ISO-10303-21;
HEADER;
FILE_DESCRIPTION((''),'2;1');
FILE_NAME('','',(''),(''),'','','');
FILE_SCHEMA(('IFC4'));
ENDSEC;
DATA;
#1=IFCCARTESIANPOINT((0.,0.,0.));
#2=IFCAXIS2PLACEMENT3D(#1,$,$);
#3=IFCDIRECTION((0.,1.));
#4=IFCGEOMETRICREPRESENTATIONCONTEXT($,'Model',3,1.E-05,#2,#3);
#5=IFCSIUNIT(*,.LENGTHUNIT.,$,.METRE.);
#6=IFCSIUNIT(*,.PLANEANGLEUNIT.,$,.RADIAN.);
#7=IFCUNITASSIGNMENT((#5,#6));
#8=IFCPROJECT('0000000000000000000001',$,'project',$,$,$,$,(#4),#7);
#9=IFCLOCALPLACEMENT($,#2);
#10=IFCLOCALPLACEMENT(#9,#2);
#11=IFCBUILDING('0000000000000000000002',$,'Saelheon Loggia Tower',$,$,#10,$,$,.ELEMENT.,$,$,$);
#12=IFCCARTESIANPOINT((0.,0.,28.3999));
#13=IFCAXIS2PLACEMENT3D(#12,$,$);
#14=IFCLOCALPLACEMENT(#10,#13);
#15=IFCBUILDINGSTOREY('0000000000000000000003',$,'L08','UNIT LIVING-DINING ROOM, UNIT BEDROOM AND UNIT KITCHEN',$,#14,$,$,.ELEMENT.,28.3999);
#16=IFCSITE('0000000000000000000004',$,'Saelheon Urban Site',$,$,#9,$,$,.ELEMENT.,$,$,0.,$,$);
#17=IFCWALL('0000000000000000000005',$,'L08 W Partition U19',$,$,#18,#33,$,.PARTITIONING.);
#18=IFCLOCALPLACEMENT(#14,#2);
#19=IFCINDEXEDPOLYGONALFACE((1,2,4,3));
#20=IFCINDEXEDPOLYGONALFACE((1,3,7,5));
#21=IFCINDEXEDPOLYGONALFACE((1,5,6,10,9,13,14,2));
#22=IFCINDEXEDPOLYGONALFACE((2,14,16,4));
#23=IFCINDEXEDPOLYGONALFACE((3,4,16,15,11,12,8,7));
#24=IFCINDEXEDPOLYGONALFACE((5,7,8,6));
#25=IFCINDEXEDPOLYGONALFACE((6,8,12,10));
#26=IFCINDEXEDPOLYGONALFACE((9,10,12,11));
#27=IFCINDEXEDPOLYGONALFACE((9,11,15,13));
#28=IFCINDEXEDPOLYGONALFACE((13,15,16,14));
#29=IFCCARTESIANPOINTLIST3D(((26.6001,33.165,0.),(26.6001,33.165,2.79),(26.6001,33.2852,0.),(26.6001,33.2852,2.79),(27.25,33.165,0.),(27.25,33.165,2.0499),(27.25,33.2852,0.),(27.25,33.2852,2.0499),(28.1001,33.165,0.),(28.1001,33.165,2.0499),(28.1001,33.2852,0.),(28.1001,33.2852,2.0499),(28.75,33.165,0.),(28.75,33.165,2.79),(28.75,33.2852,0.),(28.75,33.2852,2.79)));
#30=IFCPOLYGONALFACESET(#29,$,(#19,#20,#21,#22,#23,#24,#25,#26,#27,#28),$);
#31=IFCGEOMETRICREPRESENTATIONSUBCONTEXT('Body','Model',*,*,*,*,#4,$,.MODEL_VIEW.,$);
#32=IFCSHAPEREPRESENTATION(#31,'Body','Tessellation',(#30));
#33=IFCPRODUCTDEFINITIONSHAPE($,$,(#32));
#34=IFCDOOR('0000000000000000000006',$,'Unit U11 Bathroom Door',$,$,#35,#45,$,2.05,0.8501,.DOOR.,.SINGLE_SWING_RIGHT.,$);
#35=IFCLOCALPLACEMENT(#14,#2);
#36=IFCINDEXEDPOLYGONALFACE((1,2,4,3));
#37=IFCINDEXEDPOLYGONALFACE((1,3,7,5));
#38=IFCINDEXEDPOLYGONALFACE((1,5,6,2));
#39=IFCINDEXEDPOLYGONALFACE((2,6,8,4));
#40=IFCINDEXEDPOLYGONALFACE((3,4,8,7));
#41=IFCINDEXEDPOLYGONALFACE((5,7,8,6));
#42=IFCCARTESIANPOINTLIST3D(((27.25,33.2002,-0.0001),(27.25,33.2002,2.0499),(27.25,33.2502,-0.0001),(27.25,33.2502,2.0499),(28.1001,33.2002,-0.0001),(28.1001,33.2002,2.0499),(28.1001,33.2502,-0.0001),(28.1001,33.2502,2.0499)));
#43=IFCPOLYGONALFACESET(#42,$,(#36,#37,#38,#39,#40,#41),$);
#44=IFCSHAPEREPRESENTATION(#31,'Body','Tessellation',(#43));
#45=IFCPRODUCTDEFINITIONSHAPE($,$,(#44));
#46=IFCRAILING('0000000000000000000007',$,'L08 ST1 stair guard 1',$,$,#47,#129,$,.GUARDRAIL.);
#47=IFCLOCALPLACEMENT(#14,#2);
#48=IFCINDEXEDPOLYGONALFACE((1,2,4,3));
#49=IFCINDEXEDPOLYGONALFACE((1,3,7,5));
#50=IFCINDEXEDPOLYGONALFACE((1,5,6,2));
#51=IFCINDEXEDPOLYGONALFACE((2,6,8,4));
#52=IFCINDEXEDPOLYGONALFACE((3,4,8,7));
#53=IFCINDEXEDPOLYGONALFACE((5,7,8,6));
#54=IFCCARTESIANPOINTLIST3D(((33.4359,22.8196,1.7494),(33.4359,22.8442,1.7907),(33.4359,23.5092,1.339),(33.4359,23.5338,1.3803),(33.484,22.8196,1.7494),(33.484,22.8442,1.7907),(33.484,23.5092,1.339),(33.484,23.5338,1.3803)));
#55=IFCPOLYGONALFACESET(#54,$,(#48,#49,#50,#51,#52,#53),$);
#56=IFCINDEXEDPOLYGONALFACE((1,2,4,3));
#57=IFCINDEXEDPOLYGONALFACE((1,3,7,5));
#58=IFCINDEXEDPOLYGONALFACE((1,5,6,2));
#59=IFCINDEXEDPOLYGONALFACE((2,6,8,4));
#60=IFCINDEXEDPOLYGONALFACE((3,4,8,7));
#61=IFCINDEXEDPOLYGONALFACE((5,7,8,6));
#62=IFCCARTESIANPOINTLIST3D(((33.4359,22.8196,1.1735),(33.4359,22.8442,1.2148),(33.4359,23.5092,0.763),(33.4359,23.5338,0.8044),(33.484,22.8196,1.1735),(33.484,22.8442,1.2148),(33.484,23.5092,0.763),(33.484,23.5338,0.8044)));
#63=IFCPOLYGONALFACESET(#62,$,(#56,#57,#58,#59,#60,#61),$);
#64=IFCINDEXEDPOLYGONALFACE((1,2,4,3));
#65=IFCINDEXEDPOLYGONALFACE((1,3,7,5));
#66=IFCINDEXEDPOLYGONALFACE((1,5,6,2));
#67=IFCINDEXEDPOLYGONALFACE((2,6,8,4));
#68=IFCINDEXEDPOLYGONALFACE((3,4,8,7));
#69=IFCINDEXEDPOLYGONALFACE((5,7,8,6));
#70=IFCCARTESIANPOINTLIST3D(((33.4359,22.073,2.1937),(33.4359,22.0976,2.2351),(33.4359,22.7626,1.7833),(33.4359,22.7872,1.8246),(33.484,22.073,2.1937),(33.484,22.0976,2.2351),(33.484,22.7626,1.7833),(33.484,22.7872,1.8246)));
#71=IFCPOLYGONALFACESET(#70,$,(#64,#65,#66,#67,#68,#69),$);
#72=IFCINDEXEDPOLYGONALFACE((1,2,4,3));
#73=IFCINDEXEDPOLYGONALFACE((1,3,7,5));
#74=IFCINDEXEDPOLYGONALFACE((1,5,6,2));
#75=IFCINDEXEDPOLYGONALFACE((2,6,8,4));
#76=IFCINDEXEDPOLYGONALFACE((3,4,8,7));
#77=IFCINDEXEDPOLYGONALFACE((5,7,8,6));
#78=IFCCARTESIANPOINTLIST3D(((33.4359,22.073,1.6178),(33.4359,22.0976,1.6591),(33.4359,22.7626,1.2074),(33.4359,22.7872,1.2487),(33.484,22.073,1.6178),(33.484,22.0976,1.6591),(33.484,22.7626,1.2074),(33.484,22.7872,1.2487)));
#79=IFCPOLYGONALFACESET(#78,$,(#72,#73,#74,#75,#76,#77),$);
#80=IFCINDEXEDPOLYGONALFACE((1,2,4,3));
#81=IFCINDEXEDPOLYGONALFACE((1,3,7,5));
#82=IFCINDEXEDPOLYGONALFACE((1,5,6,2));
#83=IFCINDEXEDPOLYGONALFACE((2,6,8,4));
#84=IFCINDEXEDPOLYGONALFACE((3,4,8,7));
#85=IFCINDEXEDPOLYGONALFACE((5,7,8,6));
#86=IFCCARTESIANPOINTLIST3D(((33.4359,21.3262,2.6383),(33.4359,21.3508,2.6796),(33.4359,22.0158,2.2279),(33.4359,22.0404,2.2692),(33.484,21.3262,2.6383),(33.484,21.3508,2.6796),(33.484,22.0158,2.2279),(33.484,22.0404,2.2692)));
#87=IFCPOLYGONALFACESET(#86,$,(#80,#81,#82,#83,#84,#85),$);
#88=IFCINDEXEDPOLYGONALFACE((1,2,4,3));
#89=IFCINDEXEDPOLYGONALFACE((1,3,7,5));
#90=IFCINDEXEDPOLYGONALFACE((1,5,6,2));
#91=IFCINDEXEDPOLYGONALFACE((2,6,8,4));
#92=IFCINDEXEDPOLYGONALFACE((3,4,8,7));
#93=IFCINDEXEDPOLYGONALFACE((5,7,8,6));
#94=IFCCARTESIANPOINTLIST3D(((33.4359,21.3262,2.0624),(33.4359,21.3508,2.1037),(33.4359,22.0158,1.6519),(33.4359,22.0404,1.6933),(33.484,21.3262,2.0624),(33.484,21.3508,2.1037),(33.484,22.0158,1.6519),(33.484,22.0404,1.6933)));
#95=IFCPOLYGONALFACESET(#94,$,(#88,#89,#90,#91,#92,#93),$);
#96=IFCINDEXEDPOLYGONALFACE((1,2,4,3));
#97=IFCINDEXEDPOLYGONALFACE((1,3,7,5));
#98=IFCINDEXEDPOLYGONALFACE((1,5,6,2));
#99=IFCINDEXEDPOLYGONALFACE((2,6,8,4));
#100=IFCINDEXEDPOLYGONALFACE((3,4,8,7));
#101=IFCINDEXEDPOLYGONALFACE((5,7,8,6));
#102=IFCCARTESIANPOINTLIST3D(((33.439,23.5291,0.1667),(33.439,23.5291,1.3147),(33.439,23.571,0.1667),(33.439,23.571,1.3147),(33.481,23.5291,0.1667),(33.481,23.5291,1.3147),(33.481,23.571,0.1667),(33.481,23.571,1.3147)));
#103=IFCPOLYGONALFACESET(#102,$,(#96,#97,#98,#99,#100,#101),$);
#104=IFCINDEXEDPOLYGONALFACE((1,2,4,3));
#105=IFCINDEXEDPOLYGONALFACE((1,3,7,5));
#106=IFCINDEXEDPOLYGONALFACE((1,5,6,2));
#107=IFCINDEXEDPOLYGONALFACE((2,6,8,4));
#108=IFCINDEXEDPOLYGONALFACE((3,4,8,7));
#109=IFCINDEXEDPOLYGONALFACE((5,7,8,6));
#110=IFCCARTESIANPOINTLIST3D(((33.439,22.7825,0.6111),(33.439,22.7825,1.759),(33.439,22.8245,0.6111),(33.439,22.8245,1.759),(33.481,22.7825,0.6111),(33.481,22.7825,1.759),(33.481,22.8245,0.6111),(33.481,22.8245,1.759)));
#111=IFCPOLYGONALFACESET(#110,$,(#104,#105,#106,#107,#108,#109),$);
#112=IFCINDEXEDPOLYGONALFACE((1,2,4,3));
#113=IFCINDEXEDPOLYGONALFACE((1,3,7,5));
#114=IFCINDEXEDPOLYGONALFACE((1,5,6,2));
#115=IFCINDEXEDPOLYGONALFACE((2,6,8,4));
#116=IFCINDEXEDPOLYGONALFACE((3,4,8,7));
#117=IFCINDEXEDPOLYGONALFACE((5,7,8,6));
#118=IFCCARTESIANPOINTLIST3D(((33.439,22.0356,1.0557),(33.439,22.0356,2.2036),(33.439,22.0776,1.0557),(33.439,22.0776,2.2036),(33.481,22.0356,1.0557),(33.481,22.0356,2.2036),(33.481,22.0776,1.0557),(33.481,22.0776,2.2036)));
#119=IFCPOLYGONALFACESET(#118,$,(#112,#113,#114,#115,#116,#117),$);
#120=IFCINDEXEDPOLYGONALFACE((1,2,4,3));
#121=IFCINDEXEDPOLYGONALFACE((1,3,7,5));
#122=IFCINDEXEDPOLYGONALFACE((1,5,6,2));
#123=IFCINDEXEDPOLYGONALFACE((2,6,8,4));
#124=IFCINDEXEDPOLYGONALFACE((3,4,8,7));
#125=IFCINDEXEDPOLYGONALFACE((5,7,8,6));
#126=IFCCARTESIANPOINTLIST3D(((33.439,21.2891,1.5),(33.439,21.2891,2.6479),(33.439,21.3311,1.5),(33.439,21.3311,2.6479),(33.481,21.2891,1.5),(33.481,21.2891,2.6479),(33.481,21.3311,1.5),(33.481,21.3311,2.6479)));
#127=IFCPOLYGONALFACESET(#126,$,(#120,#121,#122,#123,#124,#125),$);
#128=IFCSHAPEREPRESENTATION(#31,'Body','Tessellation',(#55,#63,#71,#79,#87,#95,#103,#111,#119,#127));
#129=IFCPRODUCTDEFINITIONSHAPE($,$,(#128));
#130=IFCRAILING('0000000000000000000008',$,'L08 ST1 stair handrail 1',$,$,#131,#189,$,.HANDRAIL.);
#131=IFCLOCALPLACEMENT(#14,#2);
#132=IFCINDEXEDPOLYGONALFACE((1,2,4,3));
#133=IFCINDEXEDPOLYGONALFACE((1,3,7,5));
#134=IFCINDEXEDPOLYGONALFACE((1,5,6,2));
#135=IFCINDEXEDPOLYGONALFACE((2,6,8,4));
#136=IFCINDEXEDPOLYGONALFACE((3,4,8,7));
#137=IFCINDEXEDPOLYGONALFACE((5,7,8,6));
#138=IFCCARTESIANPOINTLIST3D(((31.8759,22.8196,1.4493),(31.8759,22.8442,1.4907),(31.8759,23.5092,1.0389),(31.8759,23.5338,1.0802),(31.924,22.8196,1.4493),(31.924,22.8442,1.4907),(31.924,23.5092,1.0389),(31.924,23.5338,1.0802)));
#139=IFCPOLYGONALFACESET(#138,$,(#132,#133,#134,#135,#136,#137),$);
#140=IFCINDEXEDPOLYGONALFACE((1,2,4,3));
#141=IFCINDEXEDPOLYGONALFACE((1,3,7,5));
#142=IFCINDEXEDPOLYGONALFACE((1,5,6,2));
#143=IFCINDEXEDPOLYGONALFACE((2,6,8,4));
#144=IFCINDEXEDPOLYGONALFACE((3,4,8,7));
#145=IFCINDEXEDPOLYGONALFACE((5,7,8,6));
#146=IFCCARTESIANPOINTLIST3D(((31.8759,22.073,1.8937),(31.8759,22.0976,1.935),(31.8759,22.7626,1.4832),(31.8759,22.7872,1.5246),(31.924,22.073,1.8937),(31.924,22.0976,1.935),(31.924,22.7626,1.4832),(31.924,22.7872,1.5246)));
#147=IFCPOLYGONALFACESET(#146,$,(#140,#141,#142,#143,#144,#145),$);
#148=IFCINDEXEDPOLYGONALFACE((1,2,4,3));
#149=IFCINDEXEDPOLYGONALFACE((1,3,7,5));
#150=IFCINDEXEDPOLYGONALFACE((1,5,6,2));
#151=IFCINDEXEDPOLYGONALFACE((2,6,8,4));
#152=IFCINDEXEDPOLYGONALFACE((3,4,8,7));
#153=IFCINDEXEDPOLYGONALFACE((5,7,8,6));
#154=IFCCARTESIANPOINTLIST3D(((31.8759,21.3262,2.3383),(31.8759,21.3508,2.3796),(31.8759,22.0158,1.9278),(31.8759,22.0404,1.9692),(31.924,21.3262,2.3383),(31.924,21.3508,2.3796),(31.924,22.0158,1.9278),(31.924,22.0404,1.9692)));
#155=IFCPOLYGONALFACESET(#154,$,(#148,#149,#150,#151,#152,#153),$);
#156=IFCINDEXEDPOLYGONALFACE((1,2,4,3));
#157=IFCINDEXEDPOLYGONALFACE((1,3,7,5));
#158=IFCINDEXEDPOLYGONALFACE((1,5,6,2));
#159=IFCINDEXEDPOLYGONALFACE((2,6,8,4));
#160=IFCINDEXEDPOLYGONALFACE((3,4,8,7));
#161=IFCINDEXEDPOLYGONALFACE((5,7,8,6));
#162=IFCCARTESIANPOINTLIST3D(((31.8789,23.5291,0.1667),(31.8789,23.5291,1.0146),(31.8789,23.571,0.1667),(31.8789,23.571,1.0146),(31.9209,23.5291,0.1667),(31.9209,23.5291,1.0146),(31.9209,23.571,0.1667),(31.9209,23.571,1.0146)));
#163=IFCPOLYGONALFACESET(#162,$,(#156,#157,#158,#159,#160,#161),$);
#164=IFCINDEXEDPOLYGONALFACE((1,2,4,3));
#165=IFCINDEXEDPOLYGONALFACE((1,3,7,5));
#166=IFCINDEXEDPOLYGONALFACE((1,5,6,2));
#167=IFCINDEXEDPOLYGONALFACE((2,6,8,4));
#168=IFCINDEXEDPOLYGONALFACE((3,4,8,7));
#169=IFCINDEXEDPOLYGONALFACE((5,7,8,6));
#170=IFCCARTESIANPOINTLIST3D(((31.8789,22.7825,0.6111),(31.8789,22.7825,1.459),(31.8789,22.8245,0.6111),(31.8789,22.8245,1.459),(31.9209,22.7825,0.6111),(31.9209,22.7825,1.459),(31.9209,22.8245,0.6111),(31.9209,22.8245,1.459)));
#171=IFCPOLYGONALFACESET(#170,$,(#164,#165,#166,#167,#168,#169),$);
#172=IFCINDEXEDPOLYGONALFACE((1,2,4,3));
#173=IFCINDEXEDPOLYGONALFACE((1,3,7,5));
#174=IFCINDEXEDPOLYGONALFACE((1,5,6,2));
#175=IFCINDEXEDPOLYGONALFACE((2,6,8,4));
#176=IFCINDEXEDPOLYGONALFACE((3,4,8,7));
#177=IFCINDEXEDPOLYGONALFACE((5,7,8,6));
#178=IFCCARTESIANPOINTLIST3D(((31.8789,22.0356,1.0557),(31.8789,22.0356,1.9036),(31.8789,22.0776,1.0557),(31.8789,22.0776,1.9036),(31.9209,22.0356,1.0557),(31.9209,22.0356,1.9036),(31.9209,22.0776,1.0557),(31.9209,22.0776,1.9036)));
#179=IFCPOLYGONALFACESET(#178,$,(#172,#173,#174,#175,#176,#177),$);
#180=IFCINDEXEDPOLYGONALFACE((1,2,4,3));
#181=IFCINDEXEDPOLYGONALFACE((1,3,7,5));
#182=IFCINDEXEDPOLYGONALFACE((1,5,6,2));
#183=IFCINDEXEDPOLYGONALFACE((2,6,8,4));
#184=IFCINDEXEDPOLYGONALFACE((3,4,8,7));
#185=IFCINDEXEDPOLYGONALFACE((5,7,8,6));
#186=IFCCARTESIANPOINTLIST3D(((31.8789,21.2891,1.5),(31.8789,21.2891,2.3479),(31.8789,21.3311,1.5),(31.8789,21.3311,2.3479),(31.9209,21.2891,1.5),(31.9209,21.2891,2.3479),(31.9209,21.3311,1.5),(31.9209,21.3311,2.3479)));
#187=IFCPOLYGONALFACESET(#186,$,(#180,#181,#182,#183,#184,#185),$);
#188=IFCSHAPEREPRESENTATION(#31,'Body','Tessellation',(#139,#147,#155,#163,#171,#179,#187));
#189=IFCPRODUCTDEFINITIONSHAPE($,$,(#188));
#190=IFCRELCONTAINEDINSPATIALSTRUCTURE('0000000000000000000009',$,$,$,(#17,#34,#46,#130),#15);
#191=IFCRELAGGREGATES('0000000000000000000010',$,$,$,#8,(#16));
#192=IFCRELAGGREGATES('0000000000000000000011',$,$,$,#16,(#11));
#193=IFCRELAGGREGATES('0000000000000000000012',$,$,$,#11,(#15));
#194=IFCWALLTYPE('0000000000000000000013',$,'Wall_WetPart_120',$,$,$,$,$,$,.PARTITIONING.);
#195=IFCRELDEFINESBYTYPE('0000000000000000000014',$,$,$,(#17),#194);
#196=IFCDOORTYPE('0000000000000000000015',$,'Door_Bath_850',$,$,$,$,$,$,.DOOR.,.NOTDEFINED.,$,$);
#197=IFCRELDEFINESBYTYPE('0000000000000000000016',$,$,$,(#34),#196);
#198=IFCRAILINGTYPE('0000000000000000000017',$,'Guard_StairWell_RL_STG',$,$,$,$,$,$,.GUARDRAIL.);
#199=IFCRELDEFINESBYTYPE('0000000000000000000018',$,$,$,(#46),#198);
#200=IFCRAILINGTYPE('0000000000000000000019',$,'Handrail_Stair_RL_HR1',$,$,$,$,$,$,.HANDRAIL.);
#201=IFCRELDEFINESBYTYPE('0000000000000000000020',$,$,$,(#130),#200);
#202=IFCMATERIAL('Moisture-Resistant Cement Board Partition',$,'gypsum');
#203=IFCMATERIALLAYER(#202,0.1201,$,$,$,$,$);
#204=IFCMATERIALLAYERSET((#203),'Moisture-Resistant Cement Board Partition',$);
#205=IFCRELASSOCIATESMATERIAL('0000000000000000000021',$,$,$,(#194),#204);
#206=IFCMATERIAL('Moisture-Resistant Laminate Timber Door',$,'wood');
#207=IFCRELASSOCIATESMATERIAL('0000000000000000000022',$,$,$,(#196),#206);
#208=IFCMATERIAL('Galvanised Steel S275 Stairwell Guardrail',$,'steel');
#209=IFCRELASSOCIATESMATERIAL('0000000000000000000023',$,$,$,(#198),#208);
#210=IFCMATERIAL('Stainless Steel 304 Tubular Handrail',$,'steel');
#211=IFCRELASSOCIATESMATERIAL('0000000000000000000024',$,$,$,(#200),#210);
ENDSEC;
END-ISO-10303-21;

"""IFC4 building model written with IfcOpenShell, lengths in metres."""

from ifc_helpers import new_model, si_unit, direction, frame, frame_2d, origin, origin_2d, place, context, subcontext, project, spatial, rectangle, extrude, source, transform, mapped, material, layer, layer_set, type_object, element, fill, save


model = new_model("IFC4")

# Units and contexts
model_context = context("Model", 3, precision=1e-05, world=origin(), true_north=direction((0.0, 1.0)))
body_context = subcontext(model_context, "Body", "Model", "MODEL_VIEW")
ifc_project = project(units=[si_unit("LENGTHUNIT", "METRE"), si_unit("PLANEANGLEUNIT", "RADIAN")], contexts=[model_context])

# Site, building, storey
site_placement = place(None, origin())
site = spatial("IfcSite", under=ifc_project, at=site_placement, Name="Saelheon Urban Site", CompositionType="ELEMENT", RefElevation=0.0)
building_placement = place(site_placement, origin())
building = spatial("IfcBuilding", under=site, at=building_placement, Name="Saelheon Loggia Tower", CompositionType="ELEMENT")
storey_placement = place(building_placement, frame((0.0, 0.0, 28.3999)))
storey = spatial("IfcBuildingStorey", under=building, at=storey_placement, Name="L08", Description="UNIT LIVING-DINING ROOM, UNIT BEDROOM AND UNIT KITCHEN", CompositionType="ELEMENT", Elevation=28.3999)

# Wall, opening, door
ifc_material_1 = material(Name="Moisture-Resistant Cement Board Partition", Category="gypsum")
ifc_layer_1 = layer(ifc_material_1, 0.1201)
ifc_layer_set_1 = layer_set([ifc_layer_1], Name="Moisture-Resistant Cement Board Partition")
wall_type_1 = type_object("IfcWallType", Name="Wall_WetPart_120", PredefinedType="PARTITIONING", material=ifc_layer_set_1)
ifc_material_2 = material(Name="Moisture-Resistant Laminate Timber Door", Category="wood")
door_type_1 = type_object("IfcDoorType", Name="Door_Bath_850", OperationType="NOTDEFINED", PredefinedType="DOOR", material=ifc_material_2)
shared_shape_1 = source(origin(), body_context, "Body", "SweptSolid", [
    extrude(rectangle(XDim=0.8501, YDim=2.05, at=frame_2d((0.425, 1.0249))), frame((0.0, 0.0249, 0.0), z_axis=(0.0, -1.0, 0.0), x_axis=(1.0, 0.0, 0.0)), (0.0, 0.0, 1.0), 0.05),
])
wall_1_placement = place(storey_placement, frame((28.75, 33.2251, 0.0), z_axis=(0.0, 0.0, 1.0), x_axis=(-1.0, 0.0, 0.0)))
wall_1 = element("IfcWall", 1, at=wall_1_placement, inside=storey, type_object=wall_type_1, Name="L08 W Partition U19", PredefinedType="PARTITIONING", context=body_context, shape_type="SweptSolid", body=[
    extrude(rectangle(XDim=2.1499, YDim=0.1201, at=frame_2d((1.075, 0.0))), origin(), (0.0, 0.0, 1.0), 2.79),
])
opening_1_placement = place(wall_1_placement, frame((0.6499, 0.0, 0.0)))
opening_1 = element("IfcOpeningElement", 2, at=opening_1_placement, cuts=wall_1, PredefinedType="OPENING", context=body_context, shape_type="SweptSolid", body=[
    extrude(rectangle(XDim=0.8501, YDim=2.05, at=frame_2d((0.425, 1.0249))), frame((0.0, 0.072, 0.0), z_axis=(0.0, -1.0, 0.0), x_axis=(1.0, 0.0, 0.0)), (0.0, 0.0, 1.0), 0.144),
])
door_1_placement = place(opening_1_placement, origin())
door_1 = element("IfcDoor", 3, at=door_1_placement, inside=storey, type_object=door_type_1, Name="Unit U11 Bathroom Door", OperationType="SINGLE_SWING_RIGHT", OverallHeight=2.05, OverallWidth=0.8501, PredefinedType="DOOR", context=body_context, shape_type="MappedRepresentation", body=[
    mapped(shared_shape_1, transform((0.0, 0.0, 0.0), scale=1.0)),
])
fill(opening_1, door_1)

# Railings
ifc_material_3 = material(Name="Galvanised Steel S275 Stairwell Guardrail", Category="steel")
railing_type_1 = type_object("IfcRailingType", Name="Guard_StairWell_RL_STG", PredefinedType="GUARDRAIL", material=ifc_material_3)
railing_1_placement = place(storey_placement, frame((33.46, 23.55, 0.1667)))
element("IfcRailing", 4, at=railing_1_placement, inside=storey, type_object=railing_type_1, Name="L08 ST1 stair guard 1", PredefinedType="GUARDRAIL", context=body_context, shape_type="SweptSolid", body=[
    extrude(rectangle(XDim=0.0481, YDim=0.0481, at=origin_2d()), frame((0.0, -0.0286, 1.1929), z_axis=(0.0, -0.859306, 0.511462), x_axis=(1.0, 0.0, 0.0)), (0.0, 0.0, 1.0), 0.8025),
    extrude(rectangle(XDim=0.0481, YDim=0.0481, at=origin_2d()), frame((0.0, -0.0286, 0.6169), z_axis=(0.0, -0.859306, 0.511462), x_axis=(1.0, 0.0, 0.0)), (0.0, 0.0, 1.0), 0.8025),
    extrude(rectangle(XDim=0.0481, YDim=0.0481, at=origin_2d()), frame((0.0, -0.7751, 1.6372), z_axis=(0.0, -0.859306, 0.511462), x_axis=(1.0, 0.0, 0.0)), (0.0, 0.0, 1.0), 0.8025),
    extrude(rectangle(XDim=0.0481, YDim=0.0481, at=origin_2d()), frame((0.0, -0.7751, 1.0613), z_axis=(0.0, -0.859306, 0.511462), x_axis=(1.0, 0.0, 0.0)), (0.0, 0.0, 1.0), 0.8025),
    extrude(rectangle(XDim=0.0481, YDim=0.0481, at=origin_2d()), frame((0.0, -1.522, 2.0818), z_axis=(0.0, -0.859306, 0.511462), x_axis=(1.0, 0.0, 0.0)), (0.0, 0.0, 1.0), 0.8025),
    extrude(rectangle(XDim=0.0481, YDim=0.0481, at=origin_2d()), frame((0.0, -1.522, 1.5059), z_axis=(0.0, -0.859306, 0.511462), x_axis=(1.0, 0.0, 0.0)), (0.0, 0.0, 1.0), 0.8025),
    extrude(rectangle(XDim=0.042, YDim=0.042, at=origin_2d()), origin(), (0.0, 0.0, 1.0), 1.1479),
    extrude(rectangle(XDim=0.042, YDim=0.042, at=origin_2d()), frame((0.0, -0.7466, 0.4443)), (0.0, 0.0, 1.0), 1.1479),
    extrude(rectangle(XDim=0.042, YDim=0.042, at=origin_2d()), frame((0.0, -1.4934, 0.8889)), (0.0, 0.0, 1.0), 1.1479),
    extrude(rectangle(XDim=0.042, YDim=0.042, at=origin_2d()), frame((0.0, -2.24, 1.3333)), (0.0, 0.0, 1.0), 1.1479),
])
ifc_material_4 = material(Name="Stainless Steel 304 Tubular Handrail", Category="steel")
railing_type_2 = type_object("IfcRailingType", Name="Handrail_Stair_RL_HR1", PredefinedType="HANDRAIL", material=ifc_material_4)
railing_2_placement = place(storey_placement, frame((31.8999, 23.55, 0.1667)))
element("IfcRailing", 5, at=railing_2_placement, inside=storey, type_object=railing_type_2, Name="L08 ST1 stair handrail 1", PredefinedType="HANDRAIL", context=body_context, shape_type="SweptSolid", body=[
    extrude(rectangle(XDim=0.0481, YDim=0.0481, at=origin_2d()), frame((0.0, -0.0286, 0.8928), z_axis=(0.0, -0.859306, 0.511462), x_axis=(1.0, 0.0, 0.0)), (0.0, 0.0, 1.0), 0.8025),
    extrude(rectangle(XDim=0.0481, YDim=0.0481, at=origin_2d()), frame((0.0, -0.7751, 1.3372), z_axis=(0.0, -0.859306, 0.511462), x_axis=(1.0, 0.0, 0.0)), (0.0, 0.0, 1.0), 0.8025),
    extrude(rectangle(XDim=0.0481, YDim=0.0481, at=origin_2d()), frame((0.0, -1.522, 1.7817), z_axis=(0.0, -0.859306, 0.511462), x_axis=(1.0, 0.0, 0.0)), (0.0, 0.0, 1.0), 0.8025),
    extrude(rectangle(XDim=0.042, YDim=0.042, at=origin_2d()), origin(), (0.0, 0.0, 1.0), 0.8479),
    extrude(rectangle(XDim=0.042, YDim=0.042, at=origin_2d()), frame((0.0, -0.7466, 0.4443)), (0.0, 0.0, 1.0), 0.8479),
    extrude(rectangle(XDim=0.042, YDim=0.042, at=origin_2d()), frame((0.0, -1.4934, 0.8889)), (0.0, 0.0, 1.0), 0.8479),
    extrude(rectangle(XDim=0.042, YDim=0.042, at=origin_2d()), frame((0.0, -2.24, 1.3333)), (0.0, 0.0, 1.0), 0.8479),
])

save(model, "model.ifc")
